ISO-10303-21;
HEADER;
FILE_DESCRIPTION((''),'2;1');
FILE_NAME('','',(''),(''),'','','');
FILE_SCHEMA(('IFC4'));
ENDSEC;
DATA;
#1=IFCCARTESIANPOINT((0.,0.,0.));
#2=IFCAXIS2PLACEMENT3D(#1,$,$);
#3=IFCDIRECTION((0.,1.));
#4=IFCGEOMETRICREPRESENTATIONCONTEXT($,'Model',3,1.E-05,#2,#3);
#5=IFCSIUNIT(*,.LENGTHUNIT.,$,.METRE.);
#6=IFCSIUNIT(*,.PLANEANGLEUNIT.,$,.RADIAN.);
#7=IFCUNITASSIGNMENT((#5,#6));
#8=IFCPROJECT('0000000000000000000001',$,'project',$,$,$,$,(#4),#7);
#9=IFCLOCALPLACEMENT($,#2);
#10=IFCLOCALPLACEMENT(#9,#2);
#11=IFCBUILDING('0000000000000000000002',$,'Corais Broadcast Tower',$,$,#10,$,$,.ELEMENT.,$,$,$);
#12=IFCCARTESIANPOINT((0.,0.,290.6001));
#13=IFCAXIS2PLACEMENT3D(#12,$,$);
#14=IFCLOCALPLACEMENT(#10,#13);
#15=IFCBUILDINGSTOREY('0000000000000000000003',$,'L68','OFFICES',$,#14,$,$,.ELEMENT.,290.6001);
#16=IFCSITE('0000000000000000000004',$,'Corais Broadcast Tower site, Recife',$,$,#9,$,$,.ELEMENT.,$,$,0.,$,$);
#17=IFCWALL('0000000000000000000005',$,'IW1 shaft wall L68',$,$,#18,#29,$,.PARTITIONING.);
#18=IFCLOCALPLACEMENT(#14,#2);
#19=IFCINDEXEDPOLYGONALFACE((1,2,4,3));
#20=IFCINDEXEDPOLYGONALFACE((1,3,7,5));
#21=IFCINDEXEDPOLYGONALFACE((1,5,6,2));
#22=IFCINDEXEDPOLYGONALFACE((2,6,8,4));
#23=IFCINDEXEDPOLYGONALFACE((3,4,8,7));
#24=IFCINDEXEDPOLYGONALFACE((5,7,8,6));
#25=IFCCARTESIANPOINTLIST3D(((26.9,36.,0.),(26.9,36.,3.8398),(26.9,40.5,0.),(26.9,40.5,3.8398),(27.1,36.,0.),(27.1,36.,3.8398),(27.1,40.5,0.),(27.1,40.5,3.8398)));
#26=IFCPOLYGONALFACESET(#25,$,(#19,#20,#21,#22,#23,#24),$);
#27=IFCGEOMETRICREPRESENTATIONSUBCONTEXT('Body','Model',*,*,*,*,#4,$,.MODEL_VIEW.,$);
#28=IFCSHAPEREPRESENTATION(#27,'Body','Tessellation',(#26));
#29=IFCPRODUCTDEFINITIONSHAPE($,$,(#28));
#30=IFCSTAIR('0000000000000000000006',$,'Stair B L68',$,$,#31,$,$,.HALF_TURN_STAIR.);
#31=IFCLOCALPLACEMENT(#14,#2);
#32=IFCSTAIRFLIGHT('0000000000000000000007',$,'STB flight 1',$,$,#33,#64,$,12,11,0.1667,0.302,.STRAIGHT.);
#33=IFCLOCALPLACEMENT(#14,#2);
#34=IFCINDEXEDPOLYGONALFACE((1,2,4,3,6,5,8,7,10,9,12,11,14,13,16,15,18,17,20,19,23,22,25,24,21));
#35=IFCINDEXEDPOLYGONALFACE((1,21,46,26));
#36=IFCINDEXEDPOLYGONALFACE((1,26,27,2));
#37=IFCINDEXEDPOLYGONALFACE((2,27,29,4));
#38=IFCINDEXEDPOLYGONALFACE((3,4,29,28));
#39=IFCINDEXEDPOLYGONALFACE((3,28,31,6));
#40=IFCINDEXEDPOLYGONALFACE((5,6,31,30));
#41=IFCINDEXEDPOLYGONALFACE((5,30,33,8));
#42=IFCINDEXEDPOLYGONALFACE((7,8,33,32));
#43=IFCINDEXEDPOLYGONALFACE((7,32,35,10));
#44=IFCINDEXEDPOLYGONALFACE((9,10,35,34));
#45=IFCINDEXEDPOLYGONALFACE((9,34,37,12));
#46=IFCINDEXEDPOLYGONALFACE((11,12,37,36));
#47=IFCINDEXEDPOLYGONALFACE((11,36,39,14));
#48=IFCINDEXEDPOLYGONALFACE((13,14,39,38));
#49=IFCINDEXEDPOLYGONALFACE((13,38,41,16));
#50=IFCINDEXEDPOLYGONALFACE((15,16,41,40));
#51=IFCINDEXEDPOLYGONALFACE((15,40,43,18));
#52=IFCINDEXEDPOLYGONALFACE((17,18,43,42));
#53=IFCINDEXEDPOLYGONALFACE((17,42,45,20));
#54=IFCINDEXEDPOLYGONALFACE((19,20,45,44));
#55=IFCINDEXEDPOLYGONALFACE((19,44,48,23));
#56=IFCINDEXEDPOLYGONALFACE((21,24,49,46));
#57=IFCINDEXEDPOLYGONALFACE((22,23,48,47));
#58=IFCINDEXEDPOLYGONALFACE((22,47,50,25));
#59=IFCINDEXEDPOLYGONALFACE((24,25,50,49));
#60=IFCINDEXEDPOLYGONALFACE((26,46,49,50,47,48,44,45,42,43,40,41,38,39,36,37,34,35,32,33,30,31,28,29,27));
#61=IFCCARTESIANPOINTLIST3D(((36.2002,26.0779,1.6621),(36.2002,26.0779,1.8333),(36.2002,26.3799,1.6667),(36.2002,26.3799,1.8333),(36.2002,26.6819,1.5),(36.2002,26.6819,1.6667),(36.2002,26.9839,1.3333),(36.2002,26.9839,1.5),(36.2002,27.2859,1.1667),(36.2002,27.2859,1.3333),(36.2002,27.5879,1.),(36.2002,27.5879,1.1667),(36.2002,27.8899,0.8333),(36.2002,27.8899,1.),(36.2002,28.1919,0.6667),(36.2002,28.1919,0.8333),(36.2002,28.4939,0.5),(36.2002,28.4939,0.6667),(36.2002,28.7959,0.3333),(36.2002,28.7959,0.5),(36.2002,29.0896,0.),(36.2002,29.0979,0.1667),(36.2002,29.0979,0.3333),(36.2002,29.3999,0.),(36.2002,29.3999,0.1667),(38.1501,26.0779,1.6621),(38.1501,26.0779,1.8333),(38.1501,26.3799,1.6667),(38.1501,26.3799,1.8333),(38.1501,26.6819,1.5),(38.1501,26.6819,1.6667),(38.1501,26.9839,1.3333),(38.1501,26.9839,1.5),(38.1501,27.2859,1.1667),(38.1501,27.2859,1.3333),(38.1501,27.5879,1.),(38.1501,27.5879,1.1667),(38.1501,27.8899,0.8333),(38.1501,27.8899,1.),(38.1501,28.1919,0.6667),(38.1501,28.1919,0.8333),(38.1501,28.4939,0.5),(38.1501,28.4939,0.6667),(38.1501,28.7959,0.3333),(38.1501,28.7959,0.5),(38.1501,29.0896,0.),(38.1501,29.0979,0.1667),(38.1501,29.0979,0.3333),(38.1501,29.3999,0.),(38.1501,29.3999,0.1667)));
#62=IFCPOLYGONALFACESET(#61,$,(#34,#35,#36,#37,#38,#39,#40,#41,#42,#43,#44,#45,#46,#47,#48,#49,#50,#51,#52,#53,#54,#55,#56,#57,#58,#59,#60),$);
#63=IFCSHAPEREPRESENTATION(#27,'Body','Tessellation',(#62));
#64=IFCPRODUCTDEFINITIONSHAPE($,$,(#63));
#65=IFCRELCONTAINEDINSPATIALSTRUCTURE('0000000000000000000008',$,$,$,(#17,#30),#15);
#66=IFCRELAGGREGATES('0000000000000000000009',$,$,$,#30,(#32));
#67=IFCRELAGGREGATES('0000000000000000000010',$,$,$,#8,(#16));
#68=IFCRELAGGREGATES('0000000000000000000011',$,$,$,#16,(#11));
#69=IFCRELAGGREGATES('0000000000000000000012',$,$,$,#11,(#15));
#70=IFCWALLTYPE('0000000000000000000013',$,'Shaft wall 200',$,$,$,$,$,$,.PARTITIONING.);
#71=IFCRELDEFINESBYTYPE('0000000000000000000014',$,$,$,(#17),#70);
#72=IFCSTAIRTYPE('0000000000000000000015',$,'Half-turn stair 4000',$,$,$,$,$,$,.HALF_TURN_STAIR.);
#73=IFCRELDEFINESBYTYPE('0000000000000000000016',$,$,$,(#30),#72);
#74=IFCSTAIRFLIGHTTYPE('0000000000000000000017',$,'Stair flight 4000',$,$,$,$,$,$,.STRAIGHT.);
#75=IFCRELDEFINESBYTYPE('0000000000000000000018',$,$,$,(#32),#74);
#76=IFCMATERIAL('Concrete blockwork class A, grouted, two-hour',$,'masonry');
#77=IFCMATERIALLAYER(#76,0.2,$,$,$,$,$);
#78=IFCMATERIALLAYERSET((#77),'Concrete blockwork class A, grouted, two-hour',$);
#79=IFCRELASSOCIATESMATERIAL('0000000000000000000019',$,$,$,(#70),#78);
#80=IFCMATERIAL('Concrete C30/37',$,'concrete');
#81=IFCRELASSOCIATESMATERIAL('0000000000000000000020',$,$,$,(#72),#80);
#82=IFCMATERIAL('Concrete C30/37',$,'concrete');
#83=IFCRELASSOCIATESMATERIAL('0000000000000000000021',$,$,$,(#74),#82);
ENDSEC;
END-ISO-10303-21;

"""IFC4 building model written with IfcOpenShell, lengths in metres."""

from ifc_helpers import new_model, si_unit, direction, frame, frame_2d, origin, place, context, subcontext, project, spatial, polyline, rectangle, outline, extrude, material, layer, layer_set, type_object, element, aggregate, save


model = new_model("IFC4")

# Units and contexts
model_context = context("Model", 3, precision=1e-05, world=origin(), true_north=direction((0.0, 1.0)))
body_context = subcontext(model_context, "Body", "Model", "MODEL_VIEW")
ifc_project = project(units=[si_unit("LENGTHUNIT", "METRE"), si_unit("PLANEANGLEUNIT", "RADIAN")], contexts=[model_context])

# Site, building, storey
site_placement = place(None, origin())
site = spatial("IfcSite", under=ifc_project, at=site_placement, Name="Corais Broadcast Tower site, Recife", CompositionType="ELEMENT", RefElevation=0.0)
building_placement = place(site_placement, origin())
building = spatial("IfcBuilding", under=site, at=building_placement, Name="Corais Broadcast Tower", CompositionType="ELEMENT")
storey_placement = place(building_placement, frame((0.0, 0.0, 290.6001)))
storey = spatial("IfcBuildingStorey", under=building, at=storey_placement, Name="L68", Description="OFFICES", CompositionType="ELEMENT", Elevation=290.6001)

# Wall
ifc_material_1 = material(Name="Concrete blockwork class A, grouted, two-hour", Category="masonry")
ifc_layer_1 = layer(ifc_material_1, 0.2)
ifc_layer_set_1 = layer_set([ifc_layer_1], Name="Concrete blockwork class A, grouted, two-hour")
wall_type_1 = type_object("IfcWallType", Name="Shaft wall 200", PredefinedType="PARTITIONING", material=ifc_layer_set_1)
wall_1_placement = place(storey_placement, frame((27.0, 36.0, 0.0), z_axis=(0.0, 0.0, 1.0), x_axis=(0.0, 1.0, 0.0)))
element("IfcWall", 1, at=wall_1_placement, inside=storey, type_object=wall_type_1, Name="IW1 shaft wall L68", PredefinedType="PARTITIONING", context=body_context, shape_type="SweptSolid", body=[
    extrude(rectangle(XDim=4.5, YDim=0.2, at=frame_2d((2.25, 0.0))), origin(), (0.0, 0.0, 1.0), 3.8398),
])

# Stair, stair flight
ifc_material_2 = material(Name="Concrete C30/37", Category="concrete")
stair_type = type_object("IfcStairType", Name="Half-turn stair 4000", PredefinedType="HALF_TURN_STAIR", material=ifc_material_2)
stair_placement = place(storey_placement, origin())
stair = element("IfcStair", 2, at=stair_placement, inside=storey, type_object=stair_type, Name="Stair B L68", PredefinedType="HALF_TURN_STAIR")
ifc_material_3 = material(Name="Concrete C30/37", Category="concrete")
stair_flight_type = type_object("IfcStairFlightType", Name="Stair flight 4000", PredefinedType="STRAIGHT", material=ifc_material_3)
stair_flight_placement = place(storey_placement, frame((37.175, 29.3999, 0.0), z_axis=(0.0, 0.0, 1.0), x_axis=(0.0, -1.0, 0.0)))
stair_flight = element("IfcStairFlight", 3, at=stair_flight_placement, type_object=stair_flight_type, Name="STB flight 1", NumberOfRisers=12, NumberOfTreads=11, PredefinedType="STRAIGHT", RiserHeight=0.1667, TreadLength=0.302, context=body_context, shape_type="SweptSolid", body=[
    extrude(outline(polyline([(0.0, 0.0), (0.0, 0.1667), (0.302, 0.1667), (0.302, 0.3333), (0.604, 0.3333), (0.604, 0.5), (0.906, 0.5), (0.906, 0.6667), (1.208, 0.6667), (1.208, 0.8333), (1.51, 0.8333), (1.51, 1.0), (1.812, 1.0), (1.812, 1.1667), (2.114, 1.1667), (2.114, 1.3333), (2.416, 1.3333), (2.416, 1.5), (2.718, 1.5), (2.718, 1.6667), (3.02, 1.6667), (3.02, 1.8333), (3.322, 1.8333), (3.322, 2.0), (3.322, 1.6621), (0.3103, 0.0), (0.0, 0.0)])), frame((0.0, 0.9751, 0.0), z_axis=(0.0, -1.0, 0.0), x_axis=(1.0, 0.0, 0.0)), (0.0, 0.0, 1.0), 1.95),
])
aggregate(stair, [stair_flight])

save(model, "model.ifc")
